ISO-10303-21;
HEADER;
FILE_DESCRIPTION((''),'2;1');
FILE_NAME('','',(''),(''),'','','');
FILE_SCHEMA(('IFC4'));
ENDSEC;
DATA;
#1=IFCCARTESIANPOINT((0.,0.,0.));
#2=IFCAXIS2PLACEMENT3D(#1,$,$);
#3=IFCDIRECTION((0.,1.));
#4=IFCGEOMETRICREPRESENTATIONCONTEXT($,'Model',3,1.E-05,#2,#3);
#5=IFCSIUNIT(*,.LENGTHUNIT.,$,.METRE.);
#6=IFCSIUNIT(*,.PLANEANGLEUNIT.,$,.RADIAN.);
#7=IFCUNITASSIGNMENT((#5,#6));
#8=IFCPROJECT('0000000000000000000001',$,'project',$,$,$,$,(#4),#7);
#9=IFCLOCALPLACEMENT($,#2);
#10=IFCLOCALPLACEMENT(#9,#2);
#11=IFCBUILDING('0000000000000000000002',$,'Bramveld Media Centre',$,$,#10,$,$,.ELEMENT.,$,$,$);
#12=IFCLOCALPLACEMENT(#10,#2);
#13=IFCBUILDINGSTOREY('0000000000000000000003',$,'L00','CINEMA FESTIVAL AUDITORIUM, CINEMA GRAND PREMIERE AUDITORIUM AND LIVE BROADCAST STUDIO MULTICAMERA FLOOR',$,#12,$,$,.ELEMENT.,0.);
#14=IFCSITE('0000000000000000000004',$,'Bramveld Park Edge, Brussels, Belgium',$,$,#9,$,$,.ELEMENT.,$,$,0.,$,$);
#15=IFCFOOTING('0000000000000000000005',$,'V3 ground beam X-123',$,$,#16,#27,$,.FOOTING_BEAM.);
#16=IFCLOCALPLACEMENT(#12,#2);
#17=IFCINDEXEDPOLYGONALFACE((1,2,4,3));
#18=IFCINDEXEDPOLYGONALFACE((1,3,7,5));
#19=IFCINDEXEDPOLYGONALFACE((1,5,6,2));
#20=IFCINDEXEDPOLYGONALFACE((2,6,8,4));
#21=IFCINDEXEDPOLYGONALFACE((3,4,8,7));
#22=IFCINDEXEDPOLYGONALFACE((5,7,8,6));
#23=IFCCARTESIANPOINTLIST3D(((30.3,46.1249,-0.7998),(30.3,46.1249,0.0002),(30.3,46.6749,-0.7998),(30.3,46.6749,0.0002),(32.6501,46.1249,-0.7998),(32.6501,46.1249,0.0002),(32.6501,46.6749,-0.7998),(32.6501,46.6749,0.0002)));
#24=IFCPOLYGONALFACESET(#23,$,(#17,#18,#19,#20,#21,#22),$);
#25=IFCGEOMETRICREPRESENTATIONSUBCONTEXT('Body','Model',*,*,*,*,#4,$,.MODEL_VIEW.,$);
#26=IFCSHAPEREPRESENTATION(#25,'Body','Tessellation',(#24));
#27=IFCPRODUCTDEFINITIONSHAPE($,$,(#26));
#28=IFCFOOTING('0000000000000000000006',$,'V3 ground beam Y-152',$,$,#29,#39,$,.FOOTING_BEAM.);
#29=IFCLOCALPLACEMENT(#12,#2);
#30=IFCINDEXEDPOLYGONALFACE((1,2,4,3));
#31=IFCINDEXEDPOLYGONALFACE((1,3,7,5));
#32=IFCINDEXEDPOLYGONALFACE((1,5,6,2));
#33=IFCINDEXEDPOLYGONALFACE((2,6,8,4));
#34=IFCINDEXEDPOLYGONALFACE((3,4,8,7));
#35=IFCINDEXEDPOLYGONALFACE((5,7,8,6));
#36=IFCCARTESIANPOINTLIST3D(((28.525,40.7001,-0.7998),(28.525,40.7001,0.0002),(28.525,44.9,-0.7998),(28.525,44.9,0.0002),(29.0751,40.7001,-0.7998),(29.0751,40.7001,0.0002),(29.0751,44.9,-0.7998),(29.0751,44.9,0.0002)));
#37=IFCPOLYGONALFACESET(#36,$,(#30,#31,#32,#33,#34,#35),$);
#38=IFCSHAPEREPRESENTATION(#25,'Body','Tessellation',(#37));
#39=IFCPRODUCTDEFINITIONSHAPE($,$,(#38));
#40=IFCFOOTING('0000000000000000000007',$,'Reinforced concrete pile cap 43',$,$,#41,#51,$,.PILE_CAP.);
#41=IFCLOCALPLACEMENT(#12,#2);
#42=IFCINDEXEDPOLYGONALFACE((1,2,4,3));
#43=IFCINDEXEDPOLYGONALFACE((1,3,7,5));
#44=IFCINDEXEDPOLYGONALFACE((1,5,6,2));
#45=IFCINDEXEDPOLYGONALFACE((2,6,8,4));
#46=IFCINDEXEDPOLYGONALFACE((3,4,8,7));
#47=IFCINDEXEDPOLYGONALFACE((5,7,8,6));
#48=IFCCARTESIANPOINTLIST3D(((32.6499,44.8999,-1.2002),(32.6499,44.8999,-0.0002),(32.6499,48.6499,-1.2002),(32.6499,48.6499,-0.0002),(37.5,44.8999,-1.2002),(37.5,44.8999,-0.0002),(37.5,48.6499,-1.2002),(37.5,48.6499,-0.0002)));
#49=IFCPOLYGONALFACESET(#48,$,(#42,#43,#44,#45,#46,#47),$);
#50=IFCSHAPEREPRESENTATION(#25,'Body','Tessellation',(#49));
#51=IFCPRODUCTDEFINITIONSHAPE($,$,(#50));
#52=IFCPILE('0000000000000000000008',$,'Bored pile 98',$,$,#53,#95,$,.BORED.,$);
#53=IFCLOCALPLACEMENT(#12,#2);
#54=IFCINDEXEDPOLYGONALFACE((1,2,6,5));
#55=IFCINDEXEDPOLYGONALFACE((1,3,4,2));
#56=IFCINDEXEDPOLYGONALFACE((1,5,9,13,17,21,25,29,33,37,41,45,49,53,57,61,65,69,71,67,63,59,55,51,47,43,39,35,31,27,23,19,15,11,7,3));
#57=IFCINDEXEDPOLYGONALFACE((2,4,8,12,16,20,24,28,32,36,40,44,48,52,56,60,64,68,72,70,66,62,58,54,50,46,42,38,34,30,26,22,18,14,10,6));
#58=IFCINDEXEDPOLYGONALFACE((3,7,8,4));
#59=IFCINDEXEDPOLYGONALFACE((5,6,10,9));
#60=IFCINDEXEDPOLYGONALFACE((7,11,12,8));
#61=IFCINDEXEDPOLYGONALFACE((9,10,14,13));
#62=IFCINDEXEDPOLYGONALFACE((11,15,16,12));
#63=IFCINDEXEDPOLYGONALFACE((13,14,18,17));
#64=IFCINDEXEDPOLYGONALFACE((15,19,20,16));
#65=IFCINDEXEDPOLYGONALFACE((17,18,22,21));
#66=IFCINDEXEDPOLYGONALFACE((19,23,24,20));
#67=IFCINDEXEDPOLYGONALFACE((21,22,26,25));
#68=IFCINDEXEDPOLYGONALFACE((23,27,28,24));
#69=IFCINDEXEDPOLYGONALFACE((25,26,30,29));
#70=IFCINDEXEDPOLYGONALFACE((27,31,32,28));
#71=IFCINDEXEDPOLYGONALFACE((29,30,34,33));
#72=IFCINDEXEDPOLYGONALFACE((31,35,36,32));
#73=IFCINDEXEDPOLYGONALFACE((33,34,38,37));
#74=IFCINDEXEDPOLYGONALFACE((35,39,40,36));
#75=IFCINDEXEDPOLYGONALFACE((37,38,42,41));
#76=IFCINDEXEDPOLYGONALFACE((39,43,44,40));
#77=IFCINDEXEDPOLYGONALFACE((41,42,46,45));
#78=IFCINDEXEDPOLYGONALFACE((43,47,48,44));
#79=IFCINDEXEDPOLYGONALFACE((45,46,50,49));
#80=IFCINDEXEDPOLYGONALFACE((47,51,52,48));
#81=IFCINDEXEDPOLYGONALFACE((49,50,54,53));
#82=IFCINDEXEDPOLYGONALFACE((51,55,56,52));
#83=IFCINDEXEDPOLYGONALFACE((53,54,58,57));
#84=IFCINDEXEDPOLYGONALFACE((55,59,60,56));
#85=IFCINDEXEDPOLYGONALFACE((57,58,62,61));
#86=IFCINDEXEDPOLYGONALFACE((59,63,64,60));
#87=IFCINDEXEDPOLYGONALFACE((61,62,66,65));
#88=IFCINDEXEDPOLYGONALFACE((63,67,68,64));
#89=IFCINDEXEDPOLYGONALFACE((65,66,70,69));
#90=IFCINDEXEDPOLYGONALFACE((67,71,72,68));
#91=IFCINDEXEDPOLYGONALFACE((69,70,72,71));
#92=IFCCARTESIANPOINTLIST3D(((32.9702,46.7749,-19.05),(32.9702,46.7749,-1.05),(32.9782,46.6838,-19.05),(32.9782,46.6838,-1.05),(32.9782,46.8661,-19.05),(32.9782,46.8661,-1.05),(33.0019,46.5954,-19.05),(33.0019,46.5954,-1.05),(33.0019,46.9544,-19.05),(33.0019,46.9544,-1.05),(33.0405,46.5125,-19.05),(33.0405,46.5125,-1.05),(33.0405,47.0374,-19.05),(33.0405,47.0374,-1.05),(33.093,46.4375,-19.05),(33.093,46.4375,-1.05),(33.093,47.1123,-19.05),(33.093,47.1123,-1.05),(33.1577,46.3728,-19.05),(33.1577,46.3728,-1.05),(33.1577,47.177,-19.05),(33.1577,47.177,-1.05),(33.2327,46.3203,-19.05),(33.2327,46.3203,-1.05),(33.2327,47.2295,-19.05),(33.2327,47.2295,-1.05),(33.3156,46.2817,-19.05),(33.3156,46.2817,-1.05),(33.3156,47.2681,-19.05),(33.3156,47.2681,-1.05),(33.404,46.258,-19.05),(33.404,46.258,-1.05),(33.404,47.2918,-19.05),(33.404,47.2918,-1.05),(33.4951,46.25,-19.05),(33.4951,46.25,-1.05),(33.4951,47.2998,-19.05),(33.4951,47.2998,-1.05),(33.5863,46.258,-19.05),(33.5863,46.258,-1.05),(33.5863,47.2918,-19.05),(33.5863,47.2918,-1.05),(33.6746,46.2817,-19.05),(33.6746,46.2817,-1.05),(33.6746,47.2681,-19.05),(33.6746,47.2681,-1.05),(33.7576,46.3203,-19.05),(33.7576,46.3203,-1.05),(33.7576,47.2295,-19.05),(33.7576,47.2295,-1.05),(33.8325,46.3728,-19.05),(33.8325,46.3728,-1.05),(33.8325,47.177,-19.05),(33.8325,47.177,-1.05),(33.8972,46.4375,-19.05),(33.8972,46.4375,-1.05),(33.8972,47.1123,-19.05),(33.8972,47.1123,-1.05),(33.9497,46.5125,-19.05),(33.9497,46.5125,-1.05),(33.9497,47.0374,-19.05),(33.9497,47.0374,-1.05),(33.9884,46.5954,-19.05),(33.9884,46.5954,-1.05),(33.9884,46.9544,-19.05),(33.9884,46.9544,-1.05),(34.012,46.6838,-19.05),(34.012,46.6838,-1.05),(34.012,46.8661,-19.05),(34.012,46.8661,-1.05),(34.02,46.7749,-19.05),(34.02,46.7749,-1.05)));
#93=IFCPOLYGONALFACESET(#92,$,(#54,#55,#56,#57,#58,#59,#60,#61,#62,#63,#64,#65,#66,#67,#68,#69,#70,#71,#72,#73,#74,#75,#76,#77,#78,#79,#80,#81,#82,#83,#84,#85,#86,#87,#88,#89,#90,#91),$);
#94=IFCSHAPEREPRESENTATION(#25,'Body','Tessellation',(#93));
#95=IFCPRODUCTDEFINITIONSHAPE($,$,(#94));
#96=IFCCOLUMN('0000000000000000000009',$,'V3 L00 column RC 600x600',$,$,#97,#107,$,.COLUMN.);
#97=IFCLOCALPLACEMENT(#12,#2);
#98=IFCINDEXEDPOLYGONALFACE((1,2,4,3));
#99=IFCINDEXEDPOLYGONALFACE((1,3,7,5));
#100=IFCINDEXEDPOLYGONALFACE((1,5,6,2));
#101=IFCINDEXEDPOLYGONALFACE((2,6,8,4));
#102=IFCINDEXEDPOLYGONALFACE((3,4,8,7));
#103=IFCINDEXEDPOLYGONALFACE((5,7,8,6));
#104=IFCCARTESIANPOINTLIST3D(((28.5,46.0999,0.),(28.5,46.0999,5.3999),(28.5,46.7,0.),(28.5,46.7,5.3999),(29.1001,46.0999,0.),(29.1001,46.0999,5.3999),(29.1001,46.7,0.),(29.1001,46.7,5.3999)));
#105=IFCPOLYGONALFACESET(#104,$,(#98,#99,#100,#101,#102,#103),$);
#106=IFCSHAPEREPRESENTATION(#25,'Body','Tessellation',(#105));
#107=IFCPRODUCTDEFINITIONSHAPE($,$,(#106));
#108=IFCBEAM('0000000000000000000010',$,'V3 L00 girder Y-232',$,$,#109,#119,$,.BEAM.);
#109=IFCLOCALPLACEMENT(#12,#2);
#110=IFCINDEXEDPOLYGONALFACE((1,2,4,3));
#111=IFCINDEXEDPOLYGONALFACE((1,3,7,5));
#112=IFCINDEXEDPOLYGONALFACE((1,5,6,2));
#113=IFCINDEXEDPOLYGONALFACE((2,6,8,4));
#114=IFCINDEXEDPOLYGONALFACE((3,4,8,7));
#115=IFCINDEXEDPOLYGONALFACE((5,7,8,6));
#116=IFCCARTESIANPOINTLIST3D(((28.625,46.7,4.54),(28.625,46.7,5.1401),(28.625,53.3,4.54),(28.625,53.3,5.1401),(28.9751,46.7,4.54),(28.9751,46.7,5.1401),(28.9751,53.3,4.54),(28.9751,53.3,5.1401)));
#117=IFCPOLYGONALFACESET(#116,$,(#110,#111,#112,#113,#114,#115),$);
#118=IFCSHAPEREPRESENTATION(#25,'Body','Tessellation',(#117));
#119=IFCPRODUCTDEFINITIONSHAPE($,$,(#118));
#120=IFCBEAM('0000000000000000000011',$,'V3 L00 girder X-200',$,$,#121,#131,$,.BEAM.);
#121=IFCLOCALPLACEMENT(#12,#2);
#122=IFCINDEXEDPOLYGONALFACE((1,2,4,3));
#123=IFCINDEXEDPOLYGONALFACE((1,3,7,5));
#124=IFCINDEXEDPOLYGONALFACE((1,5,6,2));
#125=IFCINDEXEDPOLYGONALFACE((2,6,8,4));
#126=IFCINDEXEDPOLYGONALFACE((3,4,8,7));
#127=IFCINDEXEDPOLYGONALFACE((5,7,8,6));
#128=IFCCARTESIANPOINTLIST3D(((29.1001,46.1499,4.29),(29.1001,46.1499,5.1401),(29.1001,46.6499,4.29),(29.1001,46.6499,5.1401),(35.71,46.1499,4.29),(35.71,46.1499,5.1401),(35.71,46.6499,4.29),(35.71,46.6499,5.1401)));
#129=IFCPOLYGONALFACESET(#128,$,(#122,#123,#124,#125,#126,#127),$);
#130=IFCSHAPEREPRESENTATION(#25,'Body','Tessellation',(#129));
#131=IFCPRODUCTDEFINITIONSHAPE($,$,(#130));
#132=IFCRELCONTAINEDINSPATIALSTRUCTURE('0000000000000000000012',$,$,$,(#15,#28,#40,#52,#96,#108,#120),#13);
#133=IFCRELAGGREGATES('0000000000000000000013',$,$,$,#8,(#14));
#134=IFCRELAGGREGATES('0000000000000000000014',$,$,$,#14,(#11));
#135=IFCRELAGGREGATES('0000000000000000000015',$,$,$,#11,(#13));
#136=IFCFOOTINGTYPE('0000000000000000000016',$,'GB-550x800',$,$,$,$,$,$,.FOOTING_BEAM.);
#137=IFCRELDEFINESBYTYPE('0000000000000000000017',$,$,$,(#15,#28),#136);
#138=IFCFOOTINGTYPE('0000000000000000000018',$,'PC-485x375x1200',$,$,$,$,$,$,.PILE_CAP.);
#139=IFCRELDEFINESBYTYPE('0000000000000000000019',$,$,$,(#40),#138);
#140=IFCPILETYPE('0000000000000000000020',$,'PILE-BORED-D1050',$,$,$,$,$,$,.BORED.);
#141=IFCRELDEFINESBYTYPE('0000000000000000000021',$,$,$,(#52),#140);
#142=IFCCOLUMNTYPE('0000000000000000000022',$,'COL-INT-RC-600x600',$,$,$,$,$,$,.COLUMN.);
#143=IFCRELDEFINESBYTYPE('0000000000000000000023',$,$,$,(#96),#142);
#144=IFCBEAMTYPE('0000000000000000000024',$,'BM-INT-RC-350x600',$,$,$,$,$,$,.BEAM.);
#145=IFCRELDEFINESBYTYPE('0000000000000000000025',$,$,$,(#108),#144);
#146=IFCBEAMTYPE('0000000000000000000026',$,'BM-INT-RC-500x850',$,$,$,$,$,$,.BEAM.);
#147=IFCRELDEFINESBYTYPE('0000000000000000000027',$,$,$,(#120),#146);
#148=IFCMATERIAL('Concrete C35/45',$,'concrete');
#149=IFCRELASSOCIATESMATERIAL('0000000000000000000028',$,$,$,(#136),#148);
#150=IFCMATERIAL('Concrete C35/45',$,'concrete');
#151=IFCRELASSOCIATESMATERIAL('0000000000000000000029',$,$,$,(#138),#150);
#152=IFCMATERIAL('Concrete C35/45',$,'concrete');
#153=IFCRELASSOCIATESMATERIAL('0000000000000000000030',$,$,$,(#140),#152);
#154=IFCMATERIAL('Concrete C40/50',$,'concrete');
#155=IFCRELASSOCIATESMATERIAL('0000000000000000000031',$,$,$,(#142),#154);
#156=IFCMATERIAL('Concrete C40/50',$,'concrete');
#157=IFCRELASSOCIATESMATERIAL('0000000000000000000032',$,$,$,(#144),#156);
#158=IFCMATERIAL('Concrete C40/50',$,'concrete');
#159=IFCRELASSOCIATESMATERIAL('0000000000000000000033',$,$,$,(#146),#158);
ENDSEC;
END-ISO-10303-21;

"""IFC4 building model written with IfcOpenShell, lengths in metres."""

from ifc_helpers import new_model, si_unit, direction, frame, origin, origin_2d, place, context, subcontext, project, spatial, rectangle, circle, extrude, material, material_profile, profile_set, type_object, element, save


model = new_model("IFC4")

# Units and contexts
model_context = context("Model", 3, precision=1e-05, world=origin(), true_north=direction((0.0, 1.0)))
body_context = subcontext(model_context, "Body", "Model", "MODEL_VIEW")
ifc_project = project(units=[si_unit("LENGTHUNIT", "METRE"), si_unit("PLANEANGLEUNIT", "RADIAN")], contexts=[model_context])

# Site, building, storey
site_placement = place(None, origin())
site = spatial("IfcSite", under=ifc_project, at=site_placement, Name="Bramveld Park Edge, Brussels, Belgium", CompositionType="ELEMENT", RefElevation=0.0)
building_placement = place(site_placement, origin())
building = spatial("IfcBuilding", under=site, at=building_placement, Name="Bramveld Media Centre", CompositionType="ELEMENT")
storey_placement = place(building_placement, origin())
storey = spatial("IfcBuildingStorey", under=building, at=storey_placement, Name="L00", Description="CINEMA FESTIVAL AUDITORIUM, CINEMA GRAND PREMIERE AUDITORIUM AND LIVE BROADCAST STUDIO MULTICAMERA FLOOR", CompositionType="ELEMENT", Elevation=0.0)

# Footings
ifc_material_1 = material(Name="Concrete C35/45", Category="concrete")
footing_type_1 = type_object("IfcFootingType", Name="GB-550x800", PredefinedType="FOOTING_BEAM", material=ifc_material_1)
footing_1_placement = place(storey_placement, frame((31.4751, 46.3999, -0.7998), z_axis=(0.0, 0.0, 1.0), x_axis=(1.0, 0.0, 0.0)))
element("IfcFooting", 1, at=footing_1_placement, inside=storey, type_object=footing_type_1, Name="V3 ground beam X-123", PredefinedType="FOOTING_BEAM", context=body_context, shape_type="SweptSolid", body=[
    extrude(rectangle(XDim=2.3501, YDim=0.55, at=origin_2d()), origin(), (0.0, 0.0, 1.0), 0.8),
])
footing_2_placement = place(storey_placement, frame((28.8, 42.8, -0.7998), z_axis=(0.0, 0.0, 1.0), x_axis=(1.0, 0.0, 0.0)))
element("IfcFooting", 2, at=footing_2_placement, inside=storey, type_object=footing_type_1, Name="V3 ground beam Y-152", PredefinedType="FOOTING_BEAM", context=body_context, shape_type="SweptSolid", body=[
    extrude(rectangle(XDim=0.55, YDim=4.2, at=origin_2d()), origin(), (0.0, 0.0, 1.0), 0.8),
])
ifc_material_2 = material(Name="Concrete C35/45", Category="concrete")
footing_type_2 = type_object("IfcFootingType", Name="PC-485x375x1200", PredefinedType="PILE_CAP", material=ifc_material_2)
footing_3_placement = place(storey_placement, frame((35.075, 46.7749, -1.2002), z_axis=(0.0, 0.0, 1.0), x_axis=(1.0, 0.0, 0.0)))
element("IfcFooting", 3, at=footing_3_placement, inside=storey, type_object=footing_type_2, Name="Reinforced concrete pile cap 43", PredefinedType="PILE_CAP", context=body_context, shape_type="SweptSolid", body=[
    extrude(rectangle(XDim=4.8501, YDim=3.75, at=origin_2d()), origin(), (0.0, 0.0, 1.0), 1.2),
])

# Pile
ifc_material_3 = material(Name="Concrete C35/45", Category="concrete")
ifc_material_profile_1 = material_profile(ifc_material_3, circle(Radius=0.5249, at=origin_2d()), Name="BORED D1050")
ifc_profile_set_1 = profile_set([ifc_material_profile_1], Name="Concrete C35/45")
pile_type = type_object("IfcPileType", Name="PILE-BORED-D1050", PredefinedType="BORED", material=ifc_profile_set_1)
pile_placement = place(storey_placement, frame((33.4951, 46.7749, -1.05), z_axis=(0.0, 0.0, -1.0), x_axis=(1.0, 0.0, 0.0)))
element("IfcPile", 4, at=pile_placement, inside=storey, type_object=pile_type, Name="Bored pile 98", PredefinedType="BORED", context=body_context, shape_type="SweptSolid", body=[
    extrude(circle(Radius=0.5249, at=origin_2d()), origin(), (0.0, 0.0, 1.0), 18.0),
])

# Column
ifc_material_4 = material(Name="Concrete C40/50", Category="concrete")
ifc_material_profile_2 = material_profile(ifc_material_4, rectangle(XDim=0.6001, YDim=0.6001, at=origin_2d()), Name="RC 600x600")
ifc_profile_set_2 = profile_set([ifc_material_profile_2], Name="Concrete C40/50")
column_type = type_object("IfcColumnType", Name="COL-INT-RC-600x600", PredefinedType="COLUMN", material=ifc_profile_set_2)
column_placement = place(storey_placement, frame((28.8, 46.3999, 0.0), z_axis=(0.0, 0.0, 1.0), x_axis=(1.0, 0.0, 0.0)))
element("IfcColumn", 5, at=column_placement, inside=storey, type_object=column_type, Name="V3 L00 column RC 600x600", PredefinedType="COLUMN", context=body_context, shape_type="SweptSolid", body=[
    extrude(rectangle(XDim=0.6001, YDim=0.6001, at=origin_2d()), origin(), (0.0, 0.0, 1.0), 5.3999),
])

# Beams
ifc_material_5 = material(Name="Concrete C40/50", Category="concrete")
ifc_material_profile_3 = material_profile(ifc_material_5, rectangle(XDim=0.3501, YDim=0.6001, at=origin_2d()), Name="RC 350x600")
ifc_profile_set_3 = profile_set([ifc_material_profile_3], Name="Concrete C40/50")
beam_type_1 = type_object("IfcBeamType", Name="BM-INT-RC-350x600", PredefinedType="BEAM", material=ifc_profile_set_3)
beam_1_placement = place(storey_placement, frame((28.8, 46.7, 4.8401), z_axis=(0.0, 1.0, 0.0), x_axis=(-1.0, 0.0, 0.0)))
element("IfcBeam", 6, at=beam_1_placement, inside=storey, type_object=beam_type_1, Name="V3 L00 girder Y-232", PredefinedType="BEAM", context=body_context, shape_type="SweptSolid", body=[
    extrude(rectangle(XDim=0.3501, YDim=0.6001, at=origin_2d()), origin(), (0.0, 0.0, 1.0), 6.6001),
])
ifc_material_6 = material(Name="Concrete C40/50", Category="concrete")
ifc_material_profile_4 = material_profile(ifc_material_6, rectangle(XDim=0.5, YDim=0.8501, at=origin_2d()), Name="RC 500x850")
ifc_profile_set_4 = profile_set([ifc_material_profile_4], Name="Concrete C40/50")
beam_type_2 = type_object("IfcBeamType", Name="BM-INT-RC-500x850", PredefinedType="BEAM", material=ifc_profile_set_4)
beam_2_placement = place(storey_placement, frame((29.1001, 46.3999, 4.7151), z_axis=(1.0, 0.0, 0.0), x_axis=(0.0, 1.0, 0.0)))
element("IfcBeam", 7, at=beam_2_placement, inside=storey, type_object=beam_type_2, Name="V3 L00 girder X-200", PredefinedType="BEAM", context=body_context, shape_type="SweptSolid", body=[
    extrude(rectangle(XDim=0.5, YDim=0.8501, at=origin_2d()), origin(), (0.0, 0.0, 1.0), 6.6099),
])

save(model, "model.ifc")
